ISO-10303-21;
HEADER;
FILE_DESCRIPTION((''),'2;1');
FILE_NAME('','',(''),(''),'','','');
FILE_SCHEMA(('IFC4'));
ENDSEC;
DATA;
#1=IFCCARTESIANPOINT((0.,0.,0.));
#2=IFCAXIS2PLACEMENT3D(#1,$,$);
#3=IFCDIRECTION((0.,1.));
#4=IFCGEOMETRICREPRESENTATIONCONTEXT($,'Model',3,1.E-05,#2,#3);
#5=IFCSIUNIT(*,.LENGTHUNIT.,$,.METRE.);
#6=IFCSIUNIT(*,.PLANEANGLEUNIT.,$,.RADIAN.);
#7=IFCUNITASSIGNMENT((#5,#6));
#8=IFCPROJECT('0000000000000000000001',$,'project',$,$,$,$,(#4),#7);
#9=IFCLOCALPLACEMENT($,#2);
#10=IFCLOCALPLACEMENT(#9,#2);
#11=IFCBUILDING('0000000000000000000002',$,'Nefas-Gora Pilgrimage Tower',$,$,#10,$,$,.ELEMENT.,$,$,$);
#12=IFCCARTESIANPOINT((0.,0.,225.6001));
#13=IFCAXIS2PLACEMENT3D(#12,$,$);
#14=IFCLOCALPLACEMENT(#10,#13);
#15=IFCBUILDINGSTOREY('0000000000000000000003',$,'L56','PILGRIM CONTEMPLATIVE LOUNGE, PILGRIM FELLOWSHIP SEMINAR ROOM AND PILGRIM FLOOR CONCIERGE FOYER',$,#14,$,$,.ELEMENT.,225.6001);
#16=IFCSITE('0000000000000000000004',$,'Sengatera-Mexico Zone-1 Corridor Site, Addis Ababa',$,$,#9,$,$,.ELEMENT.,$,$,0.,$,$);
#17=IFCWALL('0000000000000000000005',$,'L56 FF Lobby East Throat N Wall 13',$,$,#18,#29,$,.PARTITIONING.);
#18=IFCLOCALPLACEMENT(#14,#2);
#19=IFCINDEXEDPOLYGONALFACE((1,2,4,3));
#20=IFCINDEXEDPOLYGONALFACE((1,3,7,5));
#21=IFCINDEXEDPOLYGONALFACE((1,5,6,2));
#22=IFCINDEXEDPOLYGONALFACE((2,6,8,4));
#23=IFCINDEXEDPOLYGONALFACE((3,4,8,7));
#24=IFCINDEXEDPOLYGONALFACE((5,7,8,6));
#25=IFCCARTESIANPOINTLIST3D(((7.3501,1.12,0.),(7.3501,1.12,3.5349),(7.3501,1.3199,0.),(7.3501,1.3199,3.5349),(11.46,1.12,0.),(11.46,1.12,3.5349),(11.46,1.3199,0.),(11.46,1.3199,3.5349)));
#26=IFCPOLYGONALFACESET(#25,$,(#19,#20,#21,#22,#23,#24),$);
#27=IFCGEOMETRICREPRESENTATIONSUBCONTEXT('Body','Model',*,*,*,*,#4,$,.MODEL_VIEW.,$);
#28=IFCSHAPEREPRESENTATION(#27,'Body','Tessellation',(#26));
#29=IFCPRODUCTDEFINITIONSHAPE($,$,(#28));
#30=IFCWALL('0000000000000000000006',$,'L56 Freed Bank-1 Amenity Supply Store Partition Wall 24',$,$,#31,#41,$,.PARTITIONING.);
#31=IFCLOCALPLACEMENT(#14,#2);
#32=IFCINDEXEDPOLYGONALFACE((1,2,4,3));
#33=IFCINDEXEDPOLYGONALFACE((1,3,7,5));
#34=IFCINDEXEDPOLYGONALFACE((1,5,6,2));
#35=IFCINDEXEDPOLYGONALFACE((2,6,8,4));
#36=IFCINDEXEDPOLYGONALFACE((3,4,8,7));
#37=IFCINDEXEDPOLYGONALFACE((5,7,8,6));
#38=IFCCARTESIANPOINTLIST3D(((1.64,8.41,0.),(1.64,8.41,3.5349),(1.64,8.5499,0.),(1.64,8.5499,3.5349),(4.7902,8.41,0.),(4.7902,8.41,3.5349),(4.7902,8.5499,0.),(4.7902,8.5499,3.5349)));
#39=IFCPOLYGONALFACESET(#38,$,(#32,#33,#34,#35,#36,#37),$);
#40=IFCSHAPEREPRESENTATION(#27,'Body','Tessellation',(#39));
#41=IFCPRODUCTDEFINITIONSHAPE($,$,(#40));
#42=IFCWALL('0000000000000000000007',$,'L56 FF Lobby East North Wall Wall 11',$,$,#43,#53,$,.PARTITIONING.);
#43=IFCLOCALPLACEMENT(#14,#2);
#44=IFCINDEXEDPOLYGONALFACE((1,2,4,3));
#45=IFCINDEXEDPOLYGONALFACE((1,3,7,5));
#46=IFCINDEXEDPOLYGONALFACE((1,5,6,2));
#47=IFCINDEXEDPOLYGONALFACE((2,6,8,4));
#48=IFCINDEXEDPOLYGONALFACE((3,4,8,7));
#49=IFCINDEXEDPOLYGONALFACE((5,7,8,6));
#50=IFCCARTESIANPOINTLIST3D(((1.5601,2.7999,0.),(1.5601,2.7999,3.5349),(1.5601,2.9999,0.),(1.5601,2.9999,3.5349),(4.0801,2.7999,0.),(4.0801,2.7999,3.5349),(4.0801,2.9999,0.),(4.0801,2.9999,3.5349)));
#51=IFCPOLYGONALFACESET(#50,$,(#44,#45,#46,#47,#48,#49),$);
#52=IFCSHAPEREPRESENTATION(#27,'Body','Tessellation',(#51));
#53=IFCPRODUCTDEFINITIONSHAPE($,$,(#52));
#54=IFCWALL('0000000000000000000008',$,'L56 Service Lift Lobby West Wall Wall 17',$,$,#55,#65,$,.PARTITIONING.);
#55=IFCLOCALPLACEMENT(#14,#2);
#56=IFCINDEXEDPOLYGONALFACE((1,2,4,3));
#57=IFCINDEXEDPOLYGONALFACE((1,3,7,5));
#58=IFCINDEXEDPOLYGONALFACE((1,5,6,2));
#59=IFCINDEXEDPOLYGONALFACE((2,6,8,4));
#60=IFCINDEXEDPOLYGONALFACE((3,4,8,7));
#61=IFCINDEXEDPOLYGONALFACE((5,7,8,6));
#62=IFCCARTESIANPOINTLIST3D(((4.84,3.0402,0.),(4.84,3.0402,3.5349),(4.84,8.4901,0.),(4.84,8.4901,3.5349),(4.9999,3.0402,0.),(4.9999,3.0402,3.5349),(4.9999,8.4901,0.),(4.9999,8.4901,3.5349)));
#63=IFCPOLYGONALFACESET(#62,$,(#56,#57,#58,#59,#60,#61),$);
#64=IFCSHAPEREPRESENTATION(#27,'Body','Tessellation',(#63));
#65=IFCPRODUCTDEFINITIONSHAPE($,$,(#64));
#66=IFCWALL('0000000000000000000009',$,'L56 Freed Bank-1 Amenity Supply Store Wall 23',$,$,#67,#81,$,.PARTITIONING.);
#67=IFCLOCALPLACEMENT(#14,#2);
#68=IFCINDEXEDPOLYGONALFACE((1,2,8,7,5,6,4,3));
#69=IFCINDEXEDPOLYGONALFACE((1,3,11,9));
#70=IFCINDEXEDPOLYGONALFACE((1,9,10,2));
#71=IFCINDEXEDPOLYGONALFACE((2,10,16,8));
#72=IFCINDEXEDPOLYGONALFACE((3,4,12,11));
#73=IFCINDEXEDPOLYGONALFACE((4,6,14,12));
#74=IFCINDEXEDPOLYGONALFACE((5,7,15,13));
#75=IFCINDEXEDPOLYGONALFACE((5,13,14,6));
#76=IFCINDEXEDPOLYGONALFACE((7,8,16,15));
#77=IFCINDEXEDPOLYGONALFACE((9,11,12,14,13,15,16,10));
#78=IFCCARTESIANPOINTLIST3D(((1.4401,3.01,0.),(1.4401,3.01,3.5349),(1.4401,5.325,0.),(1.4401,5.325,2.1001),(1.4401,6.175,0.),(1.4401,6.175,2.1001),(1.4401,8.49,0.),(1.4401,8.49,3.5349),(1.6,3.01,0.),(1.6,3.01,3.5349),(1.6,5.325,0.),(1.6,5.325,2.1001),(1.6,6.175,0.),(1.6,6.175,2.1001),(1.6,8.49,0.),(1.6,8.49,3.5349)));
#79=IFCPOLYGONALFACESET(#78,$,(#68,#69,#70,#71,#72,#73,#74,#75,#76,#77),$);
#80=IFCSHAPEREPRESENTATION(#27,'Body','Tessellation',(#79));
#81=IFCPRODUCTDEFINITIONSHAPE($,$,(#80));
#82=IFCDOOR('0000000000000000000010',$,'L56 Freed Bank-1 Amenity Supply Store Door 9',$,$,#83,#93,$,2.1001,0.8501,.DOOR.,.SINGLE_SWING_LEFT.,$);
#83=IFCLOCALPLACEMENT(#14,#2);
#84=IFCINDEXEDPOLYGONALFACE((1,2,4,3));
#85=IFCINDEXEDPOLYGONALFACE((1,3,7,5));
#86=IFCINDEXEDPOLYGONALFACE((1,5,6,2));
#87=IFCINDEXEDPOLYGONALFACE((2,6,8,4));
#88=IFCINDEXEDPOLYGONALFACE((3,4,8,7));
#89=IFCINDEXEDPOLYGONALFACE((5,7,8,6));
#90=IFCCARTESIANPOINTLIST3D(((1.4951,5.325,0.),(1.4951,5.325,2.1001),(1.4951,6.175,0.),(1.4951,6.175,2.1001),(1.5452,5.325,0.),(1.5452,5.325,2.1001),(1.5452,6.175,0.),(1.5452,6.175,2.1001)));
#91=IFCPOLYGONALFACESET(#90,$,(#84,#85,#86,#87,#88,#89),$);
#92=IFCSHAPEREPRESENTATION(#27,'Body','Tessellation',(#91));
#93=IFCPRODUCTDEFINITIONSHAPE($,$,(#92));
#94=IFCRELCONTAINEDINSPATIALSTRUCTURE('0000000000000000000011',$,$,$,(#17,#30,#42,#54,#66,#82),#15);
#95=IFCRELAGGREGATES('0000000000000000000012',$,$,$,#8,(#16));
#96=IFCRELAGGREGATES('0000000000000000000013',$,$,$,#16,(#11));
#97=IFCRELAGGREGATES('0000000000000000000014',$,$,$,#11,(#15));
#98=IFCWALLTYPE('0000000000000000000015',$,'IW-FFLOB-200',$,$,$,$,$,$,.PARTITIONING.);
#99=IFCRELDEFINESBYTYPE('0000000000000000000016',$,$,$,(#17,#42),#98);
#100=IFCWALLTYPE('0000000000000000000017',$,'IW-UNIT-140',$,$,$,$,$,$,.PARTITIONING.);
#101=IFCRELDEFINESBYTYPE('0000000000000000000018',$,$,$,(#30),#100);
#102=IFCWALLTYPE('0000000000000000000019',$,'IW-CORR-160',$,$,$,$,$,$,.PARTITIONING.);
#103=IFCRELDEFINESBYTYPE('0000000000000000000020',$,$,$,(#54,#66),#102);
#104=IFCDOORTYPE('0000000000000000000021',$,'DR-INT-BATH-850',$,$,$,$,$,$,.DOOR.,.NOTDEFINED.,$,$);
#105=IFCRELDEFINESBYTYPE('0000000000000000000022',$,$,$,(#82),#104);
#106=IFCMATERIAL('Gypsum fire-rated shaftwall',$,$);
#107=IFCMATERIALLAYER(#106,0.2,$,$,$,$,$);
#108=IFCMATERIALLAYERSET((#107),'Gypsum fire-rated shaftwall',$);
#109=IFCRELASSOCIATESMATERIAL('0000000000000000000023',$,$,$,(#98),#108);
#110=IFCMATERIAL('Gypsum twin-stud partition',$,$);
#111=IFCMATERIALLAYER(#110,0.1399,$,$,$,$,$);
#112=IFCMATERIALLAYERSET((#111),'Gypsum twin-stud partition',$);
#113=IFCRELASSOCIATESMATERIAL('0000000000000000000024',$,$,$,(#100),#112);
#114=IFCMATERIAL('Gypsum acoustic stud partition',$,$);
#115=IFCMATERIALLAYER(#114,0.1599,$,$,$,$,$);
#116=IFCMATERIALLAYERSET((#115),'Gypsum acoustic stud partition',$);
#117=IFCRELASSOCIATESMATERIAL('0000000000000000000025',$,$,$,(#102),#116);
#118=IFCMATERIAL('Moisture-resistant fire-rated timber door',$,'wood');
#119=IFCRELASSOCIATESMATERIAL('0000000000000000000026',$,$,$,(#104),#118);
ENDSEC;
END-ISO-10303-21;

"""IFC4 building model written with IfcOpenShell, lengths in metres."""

from ifc_helpers import new_model, si_unit, direction, frame, frame_2d, origin, place, context, subcontext, project, spatial, rectangle, extrude, source, transform, mapped, material, layer, layer_set, type_object, element, fill, save


model = new_model("IFC4")

# Units and contexts
model_context = context("Model", 3, precision=1e-05, world=origin(), true_north=direction((0.0, 1.0)))
body_context = subcontext(model_context, "Body", "Model", "MODEL_VIEW")
ifc_project = project(units=[si_unit("LENGTHUNIT", "METRE"), si_unit("PLANEANGLEUNIT", "RADIAN")], contexts=[model_context])

# Site, building, storey
site_placement = place(None, origin())
site = spatial("IfcSite", under=ifc_project, at=site_placement, Name="Sengatera-Mexico Zone-1 Corridor Site, Addis Ababa", CompositionType="ELEMENT", RefElevation=0.0)
building_placement = place(site_placement, origin())
building = spatial("IfcBuilding", under=site, at=building_placement, Name="Nefas-Gora Pilgrimage Tower", CompositionType="ELEMENT")
storey_placement = place(building_placement, frame((0.0, 0.0, 225.6001)))
storey = spatial("IfcBuildingStorey", under=building, at=storey_placement, Name="L56", Description="PILGRIM CONTEMPLATIVE LOUNGE, PILGRIM FELLOWSHIP SEMINAR ROOM AND PILGRIM FLOOR CONCIERGE FOYER", CompositionType="ELEMENT", Elevation=225.6001)

# Shared definitions
ifc_material_1 = material(Name="Gypsum fire-rated shaftwall")
ifc_layer_1 = layer(ifc_material_1, 0.2)
ifc_layer_set_1 = layer_set([ifc_layer_1], Name="Gypsum fire-rated shaftwall")
wall_type_1 = type_object("IfcWallType", Name="IW-FFLOB-200", PredefinedType="PARTITIONING", material=ifc_layer_set_1)

# Walls
shared_shape_1 = source(origin(), body_context, "Body", "SweptSolid", [
    extrude(rectangle(XDim=4.1099, YDim=0.2, at=frame_2d((2.0549, 0.0))), origin(), (0.0, 0.0, 1.0), 3.5349),
])
wall_1_placement = place(storey_placement, frame((7.3501, 1.22, 0.0), z_axis=(0.0, 0.0, 1.0), x_axis=(1.0, 0.0, 0.0)))
element("IfcWall", 1, at=wall_1_placement, inside=storey, type_object=wall_type_1, Name="L56 FF Lobby East Throat N Wall 13", PredefinedType="PARTITIONING", context=body_context, shape_type="MappedRepresentation", body=[
    mapped(shared_shape_1, transform((0.0, 0.0, 0.0), x_axis=(1.0, 0.0, 0.0), y_axis=(0.0, 1.0, 0.0), z_axis=(0.0, 0.0, 1.0), scale=1.0)),
])
ifc_material_2 = material(Name="Gypsum twin-stud partition")
ifc_layer_2 = layer(ifc_material_2, 0.1399)
ifc_layer_set_2 = layer_set([ifc_layer_2], Name="Gypsum twin-stud partition")
wall_type_2 = type_object("IfcWallType", Name="IW-UNIT-140", PredefinedType="PARTITIONING", material=ifc_layer_set_2)
shared_shape_2 = source(origin(), body_context, "Body", "SweptSolid", [
    extrude(rectangle(XDim=3.1501, YDim=0.1399, at=frame_2d((1.5752, 0.0))), origin(), (0.0, 0.0, 1.0), 3.5349),
])
wall_2_placement = place(storey_placement, frame((1.6399, 8.48, 0.0), z_axis=(0.0, 0.0, 1.0), x_axis=(1.0, 0.0, 0.0)))
element("IfcWall", 2, at=wall_2_placement, inside=storey, type_object=wall_type_2, Name="L56 Freed Bank-1 Amenity Supply Store Partition Wall 24", PredefinedType="PARTITIONING", context=body_context, shape_type="MappedRepresentation", body=[
    mapped(shared_shape_2, transform((0.0, 0.0, 0.0), x_axis=(1.0, 0.0, 0.0), y_axis=(0.0, 1.0, 0.0), z_axis=(0.0, 0.0, 1.0), scale=1.0)),
])
shared_shape_3 = source(origin(), body_context, "Body", "SweptSolid", [
    extrude(rectangle(XDim=2.52, YDim=0.2, at=frame_2d((1.26, 0.0))), origin(), (0.0, 0.0, 1.0), 3.5349),
])
wall_3_placement = place(storey_placement, frame((1.5601, 2.8999, 0.0), z_axis=(0.0, 0.0, 1.0), x_axis=(1.0, 0.0, 0.0)))
element("IfcWall", 3, at=wall_3_placement, inside=storey, type_object=wall_type_1, Name="L56 FF Lobby East North Wall Wall 11", PredefinedType="PARTITIONING", context=body_context, shape_type="MappedRepresentation", body=[
    mapped(shared_shape_3, transform((0.0, 0.0, 0.0), x_axis=(1.0, 0.0, 0.0), y_axis=(0.0, 1.0, 0.0), z_axis=(0.0, 0.0, 1.0), scale=1.0)),
])
ifc_material_3 = material(Name="Gypsum acoustic stud partition")
ifc_layer_3 = layer(ifc_material_3, 0.1599)
ifc_layer_set_3 = layer_set([ifc_layer_3], Name="Gypsum acoustic stud partition")
wall_type_3 = type_object("IfcWallType", Name="IW-CORR-160", PredefinedType="PARTITIONING", material=ifc_layer_set_3)
shared_shape_4 = source(origin(), body_context, "Body", "SweptSolid", [
    extrude(rectangle(XDim=5.45, YDim=0.1599, at=frame_2d((2.7251, 0.0))), origin(), (0.0, 0.0, 1.0), 3.5349),
])
wall_4_placement = place(storey_placement, frame((4.9199, 3.04, 0.0), z_axis=(0.0, 0.0, 1.0), x_axis=(0.0, 1.0, 0.0)))
element("IfcWall", 4, at=wall_4_placement, inside=storey, type_object=wall_type_3, Name="L56 Service Lift Lobby West Wall Wall 17", PredefinedType="PARTITIONING", context=body_context, shape_type="MappedRepresentation", body=[
    mapped(shared_shape_4, transform((0.0, 0.0, 0.0), x_axis=(1.0, 0.0, 0.0), y_axis=(0.0, 1.0, 0.0), z_axis=(0.0, 0.0, 1.0), scale=1.0)),
])

# Wall, opening, door
shared_shape_5 = source(origin(), body_context, "Body", "SweptSolid", [
    extrude(rectangle(XDim=5.48, YDim=0.1599, at=frame_2d((2.74, 0.0))), origin(), (0.0, 0.0, 1.0), 3.5349),
])
wall_5_placement = place(storey_placement, frame((1.52, 3.01, 0.0), z_axis=(0.0, 0.0, 1.0), x_axis=(0.0, 1.0, 0.0)))
wall_5 = element("IfcWall", 5, at=wall_5_placement, inside=storey, type_object=wall_type_3, Name="L56 Freed Bank-1 Amenity Supply Store Wall 23", PredefinedType="PARTITIONING", context=body_context, shape_type="MappedRepresentation", body=[
    mapped(shared_shape_5, transform((0.0, 0.0, 0.0), x_axis=(1.0, 0.0, 0.0), y_axis=(0.0, 1.0, 0.0), z_axis=(0.0, 0.0, 1.0), scale=1.0)),
])
opening_1_placement = place(wall_5_placement, frame((2.3149, 0.0, 0.0)))
opening_1 = element("IfcOpeningElement", 6, at=opening_1_placement, cuts=wall_5, PredefinedType="OPENING", context=body_context, shape_type="SweptSolid", body=[
    extrude(rectangle(XDim=0.8501, YDim=2.1001, at=frame_2d((0.425, 1.05))), frame((0.0, 0.0898, 0.0), z_axis=(0.0, -1.0, 0.0), x_axis=(1.0, 0.0, 0.0)), (0.0, 0.0, 1.0), 0.1799),
])
ifc_material_4 = material(Name="Moisture-resistant fire-rated timber door", Category="wood")
door_type_1 = type_object("IfcDoorType", Name="DR-INT-BATH-850", OperationType="NOTDEFINED", PredefinedType="DOOR", material=ifc_material_4)
shared_shape_6 = source(origin(), body_context, "Body", "SweptSolid", [
    extrude(rectangle(XDim=0.8501, YDim=2.1001, at=frame_2d((0.425, 1.05))), frame((0.0, 0.0249, 0.0), z_axis=(0.0, -1.0, 0.0), x_axis=(1.0, 0.0, 0.0)), (0.0, 0.0, 1.0), 0.05),
])
door_1_placement = place(opening_1_placement, origin())
door_1 = element("IfcDoor", 7, at=door_1_placement, inside=storey, type_object=door_type_1, Name="L56 Freed Bank-1 Amenity Supply Store Door 9", OperationType="SINGLE_SWING_LEFT", OverallHeight=2.1001, OverallWidth=0.8501, PredefinedType="DOOR", context=body_context, shape_type="MappedRepresentation", body=[
    mapped(shared_shape_6, transform((0.0, 0.0, 0.0), x_axis=(1.0, 0.0, 0.0), y_axis=(0.0, 1.0, 0.0), z_axis=(0.0, 0.0, 1.0), scale=1.0)),
])
fill(opening_1, door_1)

save(model, "model.ifc")
